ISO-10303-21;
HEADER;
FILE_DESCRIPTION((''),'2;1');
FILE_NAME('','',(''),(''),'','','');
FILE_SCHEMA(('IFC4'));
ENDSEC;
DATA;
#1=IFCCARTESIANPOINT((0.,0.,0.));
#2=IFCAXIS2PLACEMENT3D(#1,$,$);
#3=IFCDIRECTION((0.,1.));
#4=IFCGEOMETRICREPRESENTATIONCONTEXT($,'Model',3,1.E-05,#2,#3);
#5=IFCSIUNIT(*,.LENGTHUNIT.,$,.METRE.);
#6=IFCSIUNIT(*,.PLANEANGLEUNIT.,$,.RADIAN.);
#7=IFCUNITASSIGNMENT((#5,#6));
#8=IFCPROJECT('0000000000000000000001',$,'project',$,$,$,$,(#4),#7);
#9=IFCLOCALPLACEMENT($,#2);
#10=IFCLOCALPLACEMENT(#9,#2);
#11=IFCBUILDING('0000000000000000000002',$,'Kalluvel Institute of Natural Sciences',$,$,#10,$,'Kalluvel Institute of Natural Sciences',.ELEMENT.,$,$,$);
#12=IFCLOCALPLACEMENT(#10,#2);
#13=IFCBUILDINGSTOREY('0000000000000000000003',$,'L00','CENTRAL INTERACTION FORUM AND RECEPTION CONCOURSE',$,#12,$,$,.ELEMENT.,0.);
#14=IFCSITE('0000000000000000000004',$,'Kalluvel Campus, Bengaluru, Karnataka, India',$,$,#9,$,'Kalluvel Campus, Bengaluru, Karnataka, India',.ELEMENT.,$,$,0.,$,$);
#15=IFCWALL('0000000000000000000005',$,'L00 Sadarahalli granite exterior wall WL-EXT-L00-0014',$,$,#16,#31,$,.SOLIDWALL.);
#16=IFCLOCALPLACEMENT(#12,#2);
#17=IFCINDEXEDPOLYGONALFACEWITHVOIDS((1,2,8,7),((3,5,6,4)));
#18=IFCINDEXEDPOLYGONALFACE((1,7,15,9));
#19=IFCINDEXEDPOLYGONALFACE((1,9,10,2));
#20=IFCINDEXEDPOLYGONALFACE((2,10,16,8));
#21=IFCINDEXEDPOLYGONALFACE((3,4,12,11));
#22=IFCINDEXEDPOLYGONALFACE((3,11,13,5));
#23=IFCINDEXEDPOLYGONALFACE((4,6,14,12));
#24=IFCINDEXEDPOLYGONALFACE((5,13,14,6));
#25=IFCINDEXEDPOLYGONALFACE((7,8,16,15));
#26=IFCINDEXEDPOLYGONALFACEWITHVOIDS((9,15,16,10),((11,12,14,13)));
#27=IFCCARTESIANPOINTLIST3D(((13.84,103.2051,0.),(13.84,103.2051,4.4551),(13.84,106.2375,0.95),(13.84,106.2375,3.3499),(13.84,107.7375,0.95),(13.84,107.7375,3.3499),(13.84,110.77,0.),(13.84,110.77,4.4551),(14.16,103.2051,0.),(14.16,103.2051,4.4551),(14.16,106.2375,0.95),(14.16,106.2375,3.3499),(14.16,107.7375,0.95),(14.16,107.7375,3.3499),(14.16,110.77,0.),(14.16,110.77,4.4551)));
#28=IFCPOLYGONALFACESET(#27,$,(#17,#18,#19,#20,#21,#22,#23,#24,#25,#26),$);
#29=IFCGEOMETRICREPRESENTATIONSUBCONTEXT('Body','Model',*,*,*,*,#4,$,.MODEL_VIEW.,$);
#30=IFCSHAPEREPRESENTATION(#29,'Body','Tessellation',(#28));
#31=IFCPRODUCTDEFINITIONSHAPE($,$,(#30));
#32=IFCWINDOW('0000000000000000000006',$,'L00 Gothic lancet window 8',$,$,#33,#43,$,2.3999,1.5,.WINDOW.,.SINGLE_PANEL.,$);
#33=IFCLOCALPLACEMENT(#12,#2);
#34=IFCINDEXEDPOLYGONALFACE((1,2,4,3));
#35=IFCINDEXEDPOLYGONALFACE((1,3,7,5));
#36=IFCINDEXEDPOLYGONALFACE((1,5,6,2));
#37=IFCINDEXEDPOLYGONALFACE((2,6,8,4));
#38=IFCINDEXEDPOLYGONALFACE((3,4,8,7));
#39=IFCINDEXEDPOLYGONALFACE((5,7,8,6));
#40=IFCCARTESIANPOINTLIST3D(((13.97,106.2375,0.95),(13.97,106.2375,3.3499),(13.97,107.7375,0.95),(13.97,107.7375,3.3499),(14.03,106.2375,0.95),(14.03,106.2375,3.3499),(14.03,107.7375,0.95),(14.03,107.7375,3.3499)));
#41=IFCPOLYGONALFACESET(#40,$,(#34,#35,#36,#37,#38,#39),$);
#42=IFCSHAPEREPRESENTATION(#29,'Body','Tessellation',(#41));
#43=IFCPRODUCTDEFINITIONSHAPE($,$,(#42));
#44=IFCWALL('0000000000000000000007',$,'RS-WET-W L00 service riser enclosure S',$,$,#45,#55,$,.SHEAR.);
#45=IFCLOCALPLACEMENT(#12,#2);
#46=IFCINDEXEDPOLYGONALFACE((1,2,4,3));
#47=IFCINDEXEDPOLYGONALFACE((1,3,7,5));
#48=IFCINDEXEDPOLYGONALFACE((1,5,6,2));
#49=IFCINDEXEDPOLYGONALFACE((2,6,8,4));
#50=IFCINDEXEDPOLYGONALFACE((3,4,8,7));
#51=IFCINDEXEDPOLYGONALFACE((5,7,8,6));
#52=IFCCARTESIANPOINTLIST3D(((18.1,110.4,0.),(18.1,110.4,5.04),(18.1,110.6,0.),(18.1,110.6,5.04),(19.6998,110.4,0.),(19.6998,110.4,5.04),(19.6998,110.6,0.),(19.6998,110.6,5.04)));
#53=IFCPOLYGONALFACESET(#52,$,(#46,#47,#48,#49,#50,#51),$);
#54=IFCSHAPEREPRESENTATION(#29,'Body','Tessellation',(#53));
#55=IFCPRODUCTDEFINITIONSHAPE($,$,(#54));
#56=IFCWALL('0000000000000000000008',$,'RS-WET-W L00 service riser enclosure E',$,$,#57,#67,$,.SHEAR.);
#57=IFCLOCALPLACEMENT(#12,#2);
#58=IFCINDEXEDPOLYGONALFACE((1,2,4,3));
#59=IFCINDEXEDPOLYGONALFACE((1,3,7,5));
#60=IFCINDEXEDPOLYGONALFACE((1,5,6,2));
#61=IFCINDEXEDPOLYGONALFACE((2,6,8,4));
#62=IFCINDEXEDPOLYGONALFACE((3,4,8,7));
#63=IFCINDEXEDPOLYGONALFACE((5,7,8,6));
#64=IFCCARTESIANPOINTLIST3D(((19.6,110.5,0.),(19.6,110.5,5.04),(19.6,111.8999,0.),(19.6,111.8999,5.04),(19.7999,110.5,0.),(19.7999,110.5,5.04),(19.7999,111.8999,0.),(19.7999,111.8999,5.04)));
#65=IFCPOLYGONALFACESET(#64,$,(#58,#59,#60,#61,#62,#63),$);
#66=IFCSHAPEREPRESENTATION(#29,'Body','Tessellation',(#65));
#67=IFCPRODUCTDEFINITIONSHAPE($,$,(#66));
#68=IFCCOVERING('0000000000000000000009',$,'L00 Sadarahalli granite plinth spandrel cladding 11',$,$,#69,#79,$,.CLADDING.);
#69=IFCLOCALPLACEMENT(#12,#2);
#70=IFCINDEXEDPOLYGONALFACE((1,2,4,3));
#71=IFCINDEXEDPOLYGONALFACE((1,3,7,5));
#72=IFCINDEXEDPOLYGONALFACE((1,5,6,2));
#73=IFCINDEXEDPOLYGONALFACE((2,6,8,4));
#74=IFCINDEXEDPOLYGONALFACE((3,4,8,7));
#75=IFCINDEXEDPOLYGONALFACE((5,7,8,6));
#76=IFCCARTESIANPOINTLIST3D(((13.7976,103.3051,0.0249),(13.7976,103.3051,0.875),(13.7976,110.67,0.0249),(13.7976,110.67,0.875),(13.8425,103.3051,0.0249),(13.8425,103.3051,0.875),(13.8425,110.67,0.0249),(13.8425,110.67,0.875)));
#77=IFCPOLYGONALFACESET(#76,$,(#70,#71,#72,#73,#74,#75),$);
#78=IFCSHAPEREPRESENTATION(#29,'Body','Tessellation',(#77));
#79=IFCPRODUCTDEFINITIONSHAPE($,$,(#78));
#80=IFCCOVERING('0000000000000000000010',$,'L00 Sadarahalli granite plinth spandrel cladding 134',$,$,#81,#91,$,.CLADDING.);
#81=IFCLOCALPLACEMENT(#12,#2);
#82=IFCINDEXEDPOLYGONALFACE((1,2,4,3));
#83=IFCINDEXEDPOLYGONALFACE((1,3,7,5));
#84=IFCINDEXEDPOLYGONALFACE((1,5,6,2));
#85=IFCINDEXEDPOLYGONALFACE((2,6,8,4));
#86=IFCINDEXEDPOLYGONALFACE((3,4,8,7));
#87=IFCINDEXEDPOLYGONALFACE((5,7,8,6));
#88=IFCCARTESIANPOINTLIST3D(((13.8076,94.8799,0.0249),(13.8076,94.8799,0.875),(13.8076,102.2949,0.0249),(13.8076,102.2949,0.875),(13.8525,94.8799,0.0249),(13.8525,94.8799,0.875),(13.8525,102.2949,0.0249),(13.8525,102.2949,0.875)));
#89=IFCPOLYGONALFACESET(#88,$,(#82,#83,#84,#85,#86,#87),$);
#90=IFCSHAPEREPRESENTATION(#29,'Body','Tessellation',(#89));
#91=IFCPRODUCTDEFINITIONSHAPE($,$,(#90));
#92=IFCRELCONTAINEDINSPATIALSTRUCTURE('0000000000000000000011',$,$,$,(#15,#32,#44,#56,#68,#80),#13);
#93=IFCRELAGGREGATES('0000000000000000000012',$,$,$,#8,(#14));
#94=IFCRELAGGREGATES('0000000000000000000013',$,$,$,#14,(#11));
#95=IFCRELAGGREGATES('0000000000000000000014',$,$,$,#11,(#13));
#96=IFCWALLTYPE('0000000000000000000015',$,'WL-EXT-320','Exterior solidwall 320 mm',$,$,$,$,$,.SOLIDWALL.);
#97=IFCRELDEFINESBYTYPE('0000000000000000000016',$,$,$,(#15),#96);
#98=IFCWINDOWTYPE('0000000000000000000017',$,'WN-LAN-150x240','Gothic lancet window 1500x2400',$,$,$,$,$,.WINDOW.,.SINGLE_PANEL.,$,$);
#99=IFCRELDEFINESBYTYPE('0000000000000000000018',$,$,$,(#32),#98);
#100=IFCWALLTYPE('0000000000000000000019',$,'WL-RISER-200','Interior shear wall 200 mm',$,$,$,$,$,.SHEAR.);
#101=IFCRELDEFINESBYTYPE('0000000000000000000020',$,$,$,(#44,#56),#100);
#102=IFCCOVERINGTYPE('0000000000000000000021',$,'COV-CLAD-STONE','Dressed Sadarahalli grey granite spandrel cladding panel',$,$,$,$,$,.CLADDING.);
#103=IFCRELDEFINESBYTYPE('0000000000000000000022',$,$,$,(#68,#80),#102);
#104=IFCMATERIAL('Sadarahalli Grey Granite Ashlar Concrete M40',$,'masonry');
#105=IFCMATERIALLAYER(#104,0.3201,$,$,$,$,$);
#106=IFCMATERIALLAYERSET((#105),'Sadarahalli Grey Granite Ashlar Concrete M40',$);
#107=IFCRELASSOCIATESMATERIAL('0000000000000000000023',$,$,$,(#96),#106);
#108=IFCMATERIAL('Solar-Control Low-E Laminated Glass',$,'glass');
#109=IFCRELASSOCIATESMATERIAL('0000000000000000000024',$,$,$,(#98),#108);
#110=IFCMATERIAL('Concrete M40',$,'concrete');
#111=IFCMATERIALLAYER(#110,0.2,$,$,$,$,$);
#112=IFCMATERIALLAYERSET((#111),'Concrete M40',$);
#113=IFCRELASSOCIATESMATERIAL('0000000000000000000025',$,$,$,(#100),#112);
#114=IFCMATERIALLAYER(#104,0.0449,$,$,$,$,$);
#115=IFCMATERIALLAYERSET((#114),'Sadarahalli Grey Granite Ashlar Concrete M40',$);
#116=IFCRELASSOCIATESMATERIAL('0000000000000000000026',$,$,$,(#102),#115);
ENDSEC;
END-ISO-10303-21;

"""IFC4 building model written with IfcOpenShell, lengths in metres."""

from ifc_helpers import new_model, si_unit, direction, frame, frame_2d, origin, origin_2d, place, context, subcontext, project, spatial, rectangle, extrude, material, layer, layer_set, type_object, element, fill, save


model = new_model("IFC4")

# Units and contexts
model_context = context("Model", 3, precision=1e-05, world=origin(), true_north=direction((0.0, 1.0)))
body_context = subcontext(model_context, "Body", "Model", "MODEL_VIEW")
ifc_project = project(units=[si_unit("LENGTHUNIT", "METRE"), si_unit("PLANEANGLEUNIT", "RADIAN")], contexts=[model_context])

# Site, building, storey
site_placement = place(None, origin())
site = spatial("IfcSite", under=ifc_project, at=site_placement, Name="Kalluvel Campus, Bengaluru, Karnataka, India", LongName="Kalluvel Campus, Bengaluru, Karnataka, India", CompositionType="ELEMENT", RefElevation=0.0)
building_placement = place(site_placement, origin())
building = spatial("IfcBuilding", under=site, at=building_placement, Name="Kalluvel Institute of Natural Sciences", LongName="Kalluvel Institute of Natural Sciences", CompositionType="ELEMENT")
storey_placement = place(building_placement, origin())
storey = spatial("IfcBuildingStorey", under=building, at=storey_placement, Name="L00", Description="CENTRAL INTERACTION FORUM AND RECEPTION CONCOURSE", CompositionType="ELEMENT", Elevation=0.0)

# Shared definitions
ifc_material_1 = material(Name="Concrete M40", Category="concrete")

# Wall, opening, window
ifc_material_2 = material(Name="Sadarahalli Grey Granite Ashlar Concrete M40", Category="masonry")
ifc_material_3 = material(Name="Solar-Control Low-E Laminated Glass", Category="glass")
ifc_layer_1 = layer(ifc_material_2, 0.3201)
ifc_layer_set_1 = layer_set([ifc_layer_1], Name="Sadarahalli Grey Granite Ashlar Concrete M40")
wall_type_1 = type_object("IfcWallType", Name="WL-EXT-320", Description="Exterior solidwall 320 mm", PredefinedType="SOLIDWALL", material=ifc_layer_set_1)
wall_1_placement = place(storey_placement, frame((14.0, 103.2051, 0.0), z_axis=(0.0, 0.0, 1.0), x_axis=(0.0, 1.0, 0.0)))
wall_1 = element("IfcWall", 1, at=wall_1_placement, inside=storey, type_object=wall_type_1, Name="L00 Sadarahalli granite exterior wall WL-EXT-L00-0014", PredefinedType="SOLIDWALL", context=body_context, shape_type="SweptSolid", body=[
    extrude(rectangle(XDim=7.5649, YDim=0.3201, at=frame_2d((3.7825, 0.0))), origin(), (0.0, 0.0, 1.0), 4.4551),
])
opening_1_placement = place(wall_1_placement, frame((3.0325, 0.0, 0.95)))
opening_1 = element("IfcOpeningElement", 2, at=opening_1_placement, cuts=wall_1, PredefinedType="OPENING", context=body_context, shape_type="SweptSolid", body=[
    extrude(rectangle(XDim=1.5, YDim=2.3999, at=frame_2d((0.75, 1.2))), frame((0.0, 0.1699, 0.0), z_axis=(0.0, -1.0, 0.0), x_axis=(1.0, 0.0, 0.0)), (0.0, 0.0, 1.0), 0.3401),
])
window_type_1 = type_object("IfcWindowType", Name="WN-LAN-150x240", Description="Gothic lancet window 1500x2400", PartitioningType="SINGLE_PANEL", PredefinedType="WINDOW", material=ifc_material_3)
window_1_placement = place(opening_1_placement, origin())
window_1 = element("IfcWindow", 3, at=window_1_placement, inside=storey, type_object=window_type_1, Name="L00 Gothic lancet window 8", OverallHeight=2.3999, OverallWidth=1.5, PartitioningType="SINGLE_PANEL", PredefinedType="WINDOW", context=body_context, shape_type="SweptSolid", body=[
    extrude(rectangle(XDim=1.5, YDim=2.3999, at=frame_2d((0.75, 1.2))), frame((0.0, 0.03, 0.0), z_axis=(0.0, -1.0, 0.0), x_axis=(1.0, 0.0, 0.0)), (0.0, 0.0, 1.0), 0.0601),
])
fill(opening_1, window_1)

# Walls
ifc_layer_2 = layer(ifc_material_1, 0.2)
ifc_layer_set_2 = layer_set([ifc_layer_2], Name="Concrete M40")
wall_type_2 = type_object("IfcWallType", Name="WL-RISER-200", Description="Interior shear wall 200 mm", PredefinedType="SHEAR", material=ifc_layer_set_2)
wall_2_placement = place(storey_placement, frame((18.1001, 110.5, 0.0), z_axis=(0.0, 0.0, 1.0), x_axis=(1.0, 0.0, 0.0)))
element("IfcWall", 4, at=wall_2_placement, inside=storey, type_object=wall_type_2, Name="RS-WET-W L00 service riser enclosure S", PredefinedType="SHEAR", context=body_context, shape_type="SweptSolid", body=[
    extrude(rectangle(XDim=1.5999, YDim=0.2, at=frame_2d((0.7998, 0.0))), origin(), (0.0, 0.0, 1.0), 5.04),
])
wall_3_placement = place(storey_placement, frame((19.7, 110.5, 0.0), z_axis=(0.0, 0.0, 1.0), x_axis=(0.0, 1.0, 0.0)))
element("IfcWall", 5, at=wall_3_placement, inside=storey, type_object=wall_type_2, Name="RS-WET-W L00 service riser enclosure E", PredefinedType="SHEAR", context=body_context, shape_type="SweptSolid", body=[
    extrude(rectangle(XDim=1.3999, YDim=0.2, at=frame_2d((0.7, 0.0))), origin(), (0.0, 0.0, 1.0), 5.04),
])

# Coverings
ifc_layer_3 = layer(ifc_material_2, 0.0449)
ifc_layer_set_3 = layer_set([ifc_layer_3], Name="Sadarahalli Grey Granite Ashlar Concrete M40")
covering_type = type_object("IfcCoveringType", Name="COV-CLAD-STONE", Description="Dressed Sadarahalli grey granite spandrel cladding panel", PredefinedType="CLADDING", material=ifc_layer_set_3)
covering_1_placement = place(storey_placement, frame((13.8201, 106.9875, 0.0249), z_axis=(0.0, 0.0, 1.0), x_axis=(0.0, 1.0, 0.0)))
element("IfcCovering", 6, at=covering_1_placement, inside=storey, type_object=covering_type, Name="L00 Sadarahalli granite plinth spandrel cladding 11", PredefinedType="CLADDING", context=body_context, shape_type="SweptSolid", body=[
    extrude(rectangle(XDim=7.365, YDim=0.0449, at=origin_2d()), origin(), (0.0, 0.0, 1.0), 0.8501),
])
covering_2_placement = place(storey_placement, frame((13.8301, 98.5874, 0.0249), z_axis=(0.0, 0.0, 1.0), x_axis=(0.0, 1.0, 0.0)))
element("IfcCovering", 7, at=covering_2_placement, inside=storey, type_object=covering_type, Name="L00 Sadarahalli granite plinth spandrel cladding 134", PredefinedType="CLADDING", context=body_context, shape_type="SweptSolid", body=[
    extrude(rectangle(XDim=7.415, YDim=0.0449, at=origin_2d()), origin(), (0.0, 0.0, 1.0), 0.8501),
])

save(model, "model.ifc")
